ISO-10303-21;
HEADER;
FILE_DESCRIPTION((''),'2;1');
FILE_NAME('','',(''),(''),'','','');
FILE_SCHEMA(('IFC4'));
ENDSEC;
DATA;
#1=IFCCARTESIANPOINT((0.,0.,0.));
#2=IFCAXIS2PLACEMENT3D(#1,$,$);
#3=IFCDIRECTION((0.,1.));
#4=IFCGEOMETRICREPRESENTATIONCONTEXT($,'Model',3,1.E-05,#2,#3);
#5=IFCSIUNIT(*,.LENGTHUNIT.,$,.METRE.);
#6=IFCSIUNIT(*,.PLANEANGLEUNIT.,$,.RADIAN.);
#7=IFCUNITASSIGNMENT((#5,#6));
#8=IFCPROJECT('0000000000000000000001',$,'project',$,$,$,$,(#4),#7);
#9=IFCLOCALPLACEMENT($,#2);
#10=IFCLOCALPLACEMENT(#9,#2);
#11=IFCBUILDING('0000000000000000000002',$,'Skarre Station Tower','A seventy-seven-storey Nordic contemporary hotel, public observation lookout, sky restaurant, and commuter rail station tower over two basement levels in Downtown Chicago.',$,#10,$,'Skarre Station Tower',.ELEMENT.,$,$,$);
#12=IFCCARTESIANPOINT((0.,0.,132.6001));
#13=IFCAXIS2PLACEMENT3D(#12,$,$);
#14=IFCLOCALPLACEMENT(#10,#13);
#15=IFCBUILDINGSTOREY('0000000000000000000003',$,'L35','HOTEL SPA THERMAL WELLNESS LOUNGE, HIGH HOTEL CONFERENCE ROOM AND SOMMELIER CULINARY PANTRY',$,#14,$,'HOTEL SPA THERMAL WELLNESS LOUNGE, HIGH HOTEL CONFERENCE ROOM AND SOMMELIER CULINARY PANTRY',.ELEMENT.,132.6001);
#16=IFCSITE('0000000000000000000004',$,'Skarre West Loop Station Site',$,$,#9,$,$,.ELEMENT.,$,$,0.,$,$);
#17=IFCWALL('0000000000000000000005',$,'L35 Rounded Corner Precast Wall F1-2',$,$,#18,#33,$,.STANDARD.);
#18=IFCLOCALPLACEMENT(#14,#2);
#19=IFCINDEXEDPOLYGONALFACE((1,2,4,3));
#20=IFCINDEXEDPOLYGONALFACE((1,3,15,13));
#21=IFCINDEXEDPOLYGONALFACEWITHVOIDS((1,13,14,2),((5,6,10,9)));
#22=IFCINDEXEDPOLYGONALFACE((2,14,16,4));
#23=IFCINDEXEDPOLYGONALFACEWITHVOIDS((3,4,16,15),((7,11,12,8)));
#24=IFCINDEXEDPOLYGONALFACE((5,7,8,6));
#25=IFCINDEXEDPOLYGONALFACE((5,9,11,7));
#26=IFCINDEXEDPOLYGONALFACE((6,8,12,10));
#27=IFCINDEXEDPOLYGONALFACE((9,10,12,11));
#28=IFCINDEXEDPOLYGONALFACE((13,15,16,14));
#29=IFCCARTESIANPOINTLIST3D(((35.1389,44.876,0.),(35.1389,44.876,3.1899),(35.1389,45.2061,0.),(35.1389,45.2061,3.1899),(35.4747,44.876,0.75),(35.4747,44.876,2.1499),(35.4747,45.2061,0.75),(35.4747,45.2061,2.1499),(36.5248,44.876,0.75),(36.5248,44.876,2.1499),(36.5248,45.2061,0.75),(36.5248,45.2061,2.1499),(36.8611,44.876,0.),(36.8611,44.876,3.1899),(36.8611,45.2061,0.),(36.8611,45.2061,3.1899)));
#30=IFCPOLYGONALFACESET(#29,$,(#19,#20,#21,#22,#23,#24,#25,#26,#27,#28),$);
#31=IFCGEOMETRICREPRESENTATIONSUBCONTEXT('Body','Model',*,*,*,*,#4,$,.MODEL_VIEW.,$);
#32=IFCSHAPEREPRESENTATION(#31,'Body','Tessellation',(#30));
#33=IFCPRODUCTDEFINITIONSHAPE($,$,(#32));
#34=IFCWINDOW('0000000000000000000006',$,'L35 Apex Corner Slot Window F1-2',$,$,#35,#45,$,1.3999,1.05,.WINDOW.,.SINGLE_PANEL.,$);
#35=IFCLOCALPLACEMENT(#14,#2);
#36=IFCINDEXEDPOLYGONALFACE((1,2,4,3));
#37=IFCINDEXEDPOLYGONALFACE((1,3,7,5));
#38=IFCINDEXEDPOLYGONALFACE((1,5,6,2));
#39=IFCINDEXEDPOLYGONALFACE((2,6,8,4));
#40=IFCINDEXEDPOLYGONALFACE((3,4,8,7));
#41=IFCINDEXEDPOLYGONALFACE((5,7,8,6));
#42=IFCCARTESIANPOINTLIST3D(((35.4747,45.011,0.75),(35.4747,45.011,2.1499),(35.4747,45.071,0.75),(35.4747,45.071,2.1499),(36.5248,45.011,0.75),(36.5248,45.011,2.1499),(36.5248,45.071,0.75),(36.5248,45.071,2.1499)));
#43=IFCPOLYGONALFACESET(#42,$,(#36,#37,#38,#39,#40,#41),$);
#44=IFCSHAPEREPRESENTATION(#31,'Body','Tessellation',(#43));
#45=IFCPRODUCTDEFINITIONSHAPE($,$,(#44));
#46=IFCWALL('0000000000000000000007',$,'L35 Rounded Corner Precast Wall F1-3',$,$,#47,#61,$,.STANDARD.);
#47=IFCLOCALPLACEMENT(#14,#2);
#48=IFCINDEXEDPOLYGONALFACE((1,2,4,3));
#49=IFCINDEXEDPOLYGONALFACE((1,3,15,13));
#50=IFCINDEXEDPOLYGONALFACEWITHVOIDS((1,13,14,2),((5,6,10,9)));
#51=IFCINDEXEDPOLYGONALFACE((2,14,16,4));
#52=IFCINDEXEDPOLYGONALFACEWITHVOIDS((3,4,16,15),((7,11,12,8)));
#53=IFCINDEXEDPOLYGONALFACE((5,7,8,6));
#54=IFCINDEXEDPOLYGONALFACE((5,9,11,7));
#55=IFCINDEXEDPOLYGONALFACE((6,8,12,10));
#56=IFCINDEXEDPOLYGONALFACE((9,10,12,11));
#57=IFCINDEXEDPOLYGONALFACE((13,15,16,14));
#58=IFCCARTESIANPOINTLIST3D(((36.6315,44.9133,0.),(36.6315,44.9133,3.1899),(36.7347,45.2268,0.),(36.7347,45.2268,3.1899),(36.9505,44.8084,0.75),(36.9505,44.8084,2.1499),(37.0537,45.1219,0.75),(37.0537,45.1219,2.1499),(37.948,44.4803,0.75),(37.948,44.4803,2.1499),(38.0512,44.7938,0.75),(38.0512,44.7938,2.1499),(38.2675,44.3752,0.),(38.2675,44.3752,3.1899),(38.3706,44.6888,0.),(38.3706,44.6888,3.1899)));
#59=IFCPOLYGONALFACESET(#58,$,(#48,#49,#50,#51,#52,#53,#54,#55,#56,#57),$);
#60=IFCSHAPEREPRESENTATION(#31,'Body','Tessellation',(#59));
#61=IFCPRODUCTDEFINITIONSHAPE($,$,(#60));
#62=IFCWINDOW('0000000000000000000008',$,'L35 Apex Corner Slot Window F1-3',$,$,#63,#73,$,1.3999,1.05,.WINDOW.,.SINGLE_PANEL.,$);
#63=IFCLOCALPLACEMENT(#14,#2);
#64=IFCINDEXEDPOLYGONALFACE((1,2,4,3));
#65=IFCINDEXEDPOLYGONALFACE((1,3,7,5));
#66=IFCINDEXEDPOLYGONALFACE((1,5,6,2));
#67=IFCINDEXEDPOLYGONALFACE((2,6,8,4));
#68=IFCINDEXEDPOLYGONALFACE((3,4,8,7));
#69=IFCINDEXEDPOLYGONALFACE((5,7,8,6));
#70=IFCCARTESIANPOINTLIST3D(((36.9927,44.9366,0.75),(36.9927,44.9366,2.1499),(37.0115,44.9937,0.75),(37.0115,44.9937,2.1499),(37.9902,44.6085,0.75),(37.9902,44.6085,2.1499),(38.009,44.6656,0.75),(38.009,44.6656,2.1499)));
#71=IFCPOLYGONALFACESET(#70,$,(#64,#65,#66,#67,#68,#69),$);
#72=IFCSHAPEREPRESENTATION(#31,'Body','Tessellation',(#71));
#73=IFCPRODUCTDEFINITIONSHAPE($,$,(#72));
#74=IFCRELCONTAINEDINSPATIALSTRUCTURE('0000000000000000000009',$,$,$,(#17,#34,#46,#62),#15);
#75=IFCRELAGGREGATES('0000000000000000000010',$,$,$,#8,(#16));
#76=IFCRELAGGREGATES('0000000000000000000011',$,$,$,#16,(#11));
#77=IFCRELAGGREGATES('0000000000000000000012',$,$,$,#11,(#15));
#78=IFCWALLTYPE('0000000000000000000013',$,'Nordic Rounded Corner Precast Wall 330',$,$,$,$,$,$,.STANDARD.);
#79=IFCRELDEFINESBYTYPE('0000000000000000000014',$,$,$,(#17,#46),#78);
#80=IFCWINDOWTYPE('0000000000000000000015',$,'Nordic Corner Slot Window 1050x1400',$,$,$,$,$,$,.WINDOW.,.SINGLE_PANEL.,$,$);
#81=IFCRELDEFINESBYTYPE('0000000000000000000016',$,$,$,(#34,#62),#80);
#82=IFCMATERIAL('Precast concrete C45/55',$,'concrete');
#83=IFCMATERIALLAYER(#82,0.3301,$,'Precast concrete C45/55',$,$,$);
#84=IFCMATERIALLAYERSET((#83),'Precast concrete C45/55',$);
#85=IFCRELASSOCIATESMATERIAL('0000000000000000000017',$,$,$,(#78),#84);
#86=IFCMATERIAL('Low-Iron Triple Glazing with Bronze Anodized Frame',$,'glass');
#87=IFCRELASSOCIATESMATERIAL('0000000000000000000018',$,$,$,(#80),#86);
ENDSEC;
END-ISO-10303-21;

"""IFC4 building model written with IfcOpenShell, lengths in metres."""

from ifc_helpers import new_model, si_unit, direction, frame, frame_2d, origin, place, context, subcontext, project, spatial, rectangle, extrude, material, layer, layer_set, type_object, element, fill, save


model = new_model("IFC4")

# Units and contexts
model_context = context("Model", 3, precision=1e-05, world=origin(), true_north=direction((0.0, 1.0)))
body_context = subcontext(model_context, "Body", "Model", "MODEL_VIEW")
ifc_project = project(units=[si_unit("LENGTHUNIT", "METRE"), si_unit("PLANEANGLEUNIT", "RADIAN")], contexts=[model_context])

# Site, building, storey
site_placement = place(None, origin())
site = spatial("IfcSite", under=ifc_project, at=site_placement, Name="Skarre West Loop Station Site", CompositionType="ELEMENT", RefElevation=0.0)
building_placement = place(site_placement, origin())
building = spatial("IfcBuilding", under=site, at=building_placement, Name="Skarre Station Tower", Description="A seventy-seven-storey Nordic contemporary hotel, public observation lookout, sky restaurant, and commuter rail station tower over two basement levels in Downtown Chicago.", LongName="Skarre Station Tower", CompositionType="ELEMENT")
storey_placement = place(building_placement, frame((0.0, 0.0, 132.6001)))
storey = spatial("IfcBuildingStorey", under=building, at=storey_placement, Name="L35", Description="HOTEL SPA THERMAL WELLNESS LOUNGE, HIGH HOTEL CONFERENCE ROOM AND SOMMELIER CULINARY PANTRY", LongName="HOTEL SPA THERMAL WELLNESS LOUNGE, HIGH HOTEL CONFERENCE ROOM AND SOMMELIER CULINARY PANTRY", CompositionType="ELEMENT", Elevation=132.6001)

# Shared definitions
ifc_material_1 = material(Name="Precast concrete C45/55", Category="concrete")
ifc_material_2 = material(Name="Low-Iron Triple Glazing with Bronze Anodized Frame", Category="glass")

# Shared definitions
ifc_layer_1 = layer(ifc_material_1, 0.3301, Name="Precast concrete C45/55")
ifc_layer_set_1 = layer_set([ifc_layer_1], Name="Precast concrete C45/55")
wall_type_1 = type_object("IfcWallType", Name="Nordic Rounded Corner Precast Wall 330", PredefinedType="STANDARD", material=ifc_layer_set_1)

# Walls, openings, windows
wall_1_placement = place(storey_placement, frame((35.1389, 45.041, 0.0), z_axis=(0.0, 0.0, 1.0), x_axis=(1.0, 0.0, 0.0)))
wall_1 = element("IfcWall", 1, at=wall_1_placement, inside=storey, type_object=wall_type_1, Name="L35 Rounded Corner Precast Wall F1-2", PredefinedType="STANDARD", context=body_context, shape_type="SweptSolid", body=[
    extrude(rectangle(XDim=1.7222, YDim=0.3301, at=frame_2d((0.8611, 0.0))), origin(), (0.0, 0.0, 1.0), 3.1899),
])
opening_1_placement = place(wall_1_placement, frame((0.3359, 0.0, 0.75)))
opening_1 = element("IfcOpeningElement", 2, at=opening_1_placement, cuts=wall_1, PredefinedType="OPENING", context=body_context, shape_type="SweptSolid", body=[
    extrude(rectangle(XDim=1.05, YDim=1.3999, at=frame_2d((0.5249, 0.7))), frame((0.0, 0.175, 0.0), z_axis=(0.0, -1.0, 0.0), x_axis=(1.0, 0.0, 0.0)), (0.0, 0.0, 1.0), 0.3501),
])
window_type_1 = type_object("IfcWindowType", Name="Nordic Corner Slot Window 1050x1400", PartitioningType="SINGLE_PANEL", PredefinedType="WINDOW", material=ifc_material_2)
window_1_placement = place(opening_1_placement, origin())
window_1 = element("IfcWindow", 3, at=window_1_placement, inside=storey, type_object=window_type_1, Name="L35 Apex Corner Slot Window F1-2", OverallHeight=1.3999, OverallWidth=1.05, PartitioningType="SINGLE_PANEL", PredefinedType="WINDOW", context=body_context, shape_type="SweptSolid", body=[
    extrude(rectangle(XDim=1.05, YDim=1.3999, at=frame_2d((0.5249, 0.7))), frame((0.0, 0.03, 0.0), z_axis=(0.0, -1.0, 0.0), x_axis=(1.0, 0.0, 0.0)), (0.0, 0.0, 1.0), 0.0601),
])
fill(opening_1, window_1)
wall_2_placement = place(storey_placement, frame((36.6831, 45.0701, 0.0), z_axis=(0.0, 0.0, 1.0), x_axis=(0.949937, -0.31244, 0.0)))
wall_2 = element("IfcWall", 4, at=wall_2_placement, inside=storey, type_object=wall_type_1, Name="L35 Rounded Corner Precast Wall F1-3", PredefinedType="STANDARD", context=body_context, shape_type="SweptSolid", body=[
    extrude(rectangle(XDim=1.7222, YDim=0.3301, at=frame_2d((0.8611, 0.0))), origin(), (0.0, 0.0, 1.0), 3.1899),
])
opening_2_placement = place(wall_2_placement, frame((0.3359, 0.0, 0.75)))
opening_2 = element("IfcOpeningElement", 5, at=opening_2_placement, cuts=wall_2, PredefinedType="OPENING", context=body_context, shape_type="SweptSolid", body=[
    extrude(rectangle(XDim=1.05, YDim=1.3999, at=frame_2d((0.5249, 0.7))), frame((0.0, 0.175, 0.0), z_axis=(0.0, -1.0, 0.0), x_axis=(1.0, 0.0, 0.0)), (0.0, 0.0, 1.0), 0.3501),
])
window_2_placement = place(opening_2_placement, origin())
window_2 = element("IfcWindow", 6, at=window_2_placement, inside=storey, type_object=window_type_1, Name="L35 Apex Corner Slot Window F1-3", OverallHeight=1.3999, OverallWidth=1.05, PartitioningType="SINGLE_PANEL", PredefinedType="WINDOW", context=body_context, shape_type="SweptSolid", body=[
    extrude(rectangle(XDim=1.05, YDim=1.3999, at=frame_2d((0.5249, 0.7))), frame((0.0, 0.03, 0.0), z_axis=(0.0, -1.0, 0.0), x_axis=(1.0, 0.0, 0.0)), (0.0, 0.0, 1.0), 0.0601),
])
fill(opening_2, window_2)

save(model, "model.ifc")
